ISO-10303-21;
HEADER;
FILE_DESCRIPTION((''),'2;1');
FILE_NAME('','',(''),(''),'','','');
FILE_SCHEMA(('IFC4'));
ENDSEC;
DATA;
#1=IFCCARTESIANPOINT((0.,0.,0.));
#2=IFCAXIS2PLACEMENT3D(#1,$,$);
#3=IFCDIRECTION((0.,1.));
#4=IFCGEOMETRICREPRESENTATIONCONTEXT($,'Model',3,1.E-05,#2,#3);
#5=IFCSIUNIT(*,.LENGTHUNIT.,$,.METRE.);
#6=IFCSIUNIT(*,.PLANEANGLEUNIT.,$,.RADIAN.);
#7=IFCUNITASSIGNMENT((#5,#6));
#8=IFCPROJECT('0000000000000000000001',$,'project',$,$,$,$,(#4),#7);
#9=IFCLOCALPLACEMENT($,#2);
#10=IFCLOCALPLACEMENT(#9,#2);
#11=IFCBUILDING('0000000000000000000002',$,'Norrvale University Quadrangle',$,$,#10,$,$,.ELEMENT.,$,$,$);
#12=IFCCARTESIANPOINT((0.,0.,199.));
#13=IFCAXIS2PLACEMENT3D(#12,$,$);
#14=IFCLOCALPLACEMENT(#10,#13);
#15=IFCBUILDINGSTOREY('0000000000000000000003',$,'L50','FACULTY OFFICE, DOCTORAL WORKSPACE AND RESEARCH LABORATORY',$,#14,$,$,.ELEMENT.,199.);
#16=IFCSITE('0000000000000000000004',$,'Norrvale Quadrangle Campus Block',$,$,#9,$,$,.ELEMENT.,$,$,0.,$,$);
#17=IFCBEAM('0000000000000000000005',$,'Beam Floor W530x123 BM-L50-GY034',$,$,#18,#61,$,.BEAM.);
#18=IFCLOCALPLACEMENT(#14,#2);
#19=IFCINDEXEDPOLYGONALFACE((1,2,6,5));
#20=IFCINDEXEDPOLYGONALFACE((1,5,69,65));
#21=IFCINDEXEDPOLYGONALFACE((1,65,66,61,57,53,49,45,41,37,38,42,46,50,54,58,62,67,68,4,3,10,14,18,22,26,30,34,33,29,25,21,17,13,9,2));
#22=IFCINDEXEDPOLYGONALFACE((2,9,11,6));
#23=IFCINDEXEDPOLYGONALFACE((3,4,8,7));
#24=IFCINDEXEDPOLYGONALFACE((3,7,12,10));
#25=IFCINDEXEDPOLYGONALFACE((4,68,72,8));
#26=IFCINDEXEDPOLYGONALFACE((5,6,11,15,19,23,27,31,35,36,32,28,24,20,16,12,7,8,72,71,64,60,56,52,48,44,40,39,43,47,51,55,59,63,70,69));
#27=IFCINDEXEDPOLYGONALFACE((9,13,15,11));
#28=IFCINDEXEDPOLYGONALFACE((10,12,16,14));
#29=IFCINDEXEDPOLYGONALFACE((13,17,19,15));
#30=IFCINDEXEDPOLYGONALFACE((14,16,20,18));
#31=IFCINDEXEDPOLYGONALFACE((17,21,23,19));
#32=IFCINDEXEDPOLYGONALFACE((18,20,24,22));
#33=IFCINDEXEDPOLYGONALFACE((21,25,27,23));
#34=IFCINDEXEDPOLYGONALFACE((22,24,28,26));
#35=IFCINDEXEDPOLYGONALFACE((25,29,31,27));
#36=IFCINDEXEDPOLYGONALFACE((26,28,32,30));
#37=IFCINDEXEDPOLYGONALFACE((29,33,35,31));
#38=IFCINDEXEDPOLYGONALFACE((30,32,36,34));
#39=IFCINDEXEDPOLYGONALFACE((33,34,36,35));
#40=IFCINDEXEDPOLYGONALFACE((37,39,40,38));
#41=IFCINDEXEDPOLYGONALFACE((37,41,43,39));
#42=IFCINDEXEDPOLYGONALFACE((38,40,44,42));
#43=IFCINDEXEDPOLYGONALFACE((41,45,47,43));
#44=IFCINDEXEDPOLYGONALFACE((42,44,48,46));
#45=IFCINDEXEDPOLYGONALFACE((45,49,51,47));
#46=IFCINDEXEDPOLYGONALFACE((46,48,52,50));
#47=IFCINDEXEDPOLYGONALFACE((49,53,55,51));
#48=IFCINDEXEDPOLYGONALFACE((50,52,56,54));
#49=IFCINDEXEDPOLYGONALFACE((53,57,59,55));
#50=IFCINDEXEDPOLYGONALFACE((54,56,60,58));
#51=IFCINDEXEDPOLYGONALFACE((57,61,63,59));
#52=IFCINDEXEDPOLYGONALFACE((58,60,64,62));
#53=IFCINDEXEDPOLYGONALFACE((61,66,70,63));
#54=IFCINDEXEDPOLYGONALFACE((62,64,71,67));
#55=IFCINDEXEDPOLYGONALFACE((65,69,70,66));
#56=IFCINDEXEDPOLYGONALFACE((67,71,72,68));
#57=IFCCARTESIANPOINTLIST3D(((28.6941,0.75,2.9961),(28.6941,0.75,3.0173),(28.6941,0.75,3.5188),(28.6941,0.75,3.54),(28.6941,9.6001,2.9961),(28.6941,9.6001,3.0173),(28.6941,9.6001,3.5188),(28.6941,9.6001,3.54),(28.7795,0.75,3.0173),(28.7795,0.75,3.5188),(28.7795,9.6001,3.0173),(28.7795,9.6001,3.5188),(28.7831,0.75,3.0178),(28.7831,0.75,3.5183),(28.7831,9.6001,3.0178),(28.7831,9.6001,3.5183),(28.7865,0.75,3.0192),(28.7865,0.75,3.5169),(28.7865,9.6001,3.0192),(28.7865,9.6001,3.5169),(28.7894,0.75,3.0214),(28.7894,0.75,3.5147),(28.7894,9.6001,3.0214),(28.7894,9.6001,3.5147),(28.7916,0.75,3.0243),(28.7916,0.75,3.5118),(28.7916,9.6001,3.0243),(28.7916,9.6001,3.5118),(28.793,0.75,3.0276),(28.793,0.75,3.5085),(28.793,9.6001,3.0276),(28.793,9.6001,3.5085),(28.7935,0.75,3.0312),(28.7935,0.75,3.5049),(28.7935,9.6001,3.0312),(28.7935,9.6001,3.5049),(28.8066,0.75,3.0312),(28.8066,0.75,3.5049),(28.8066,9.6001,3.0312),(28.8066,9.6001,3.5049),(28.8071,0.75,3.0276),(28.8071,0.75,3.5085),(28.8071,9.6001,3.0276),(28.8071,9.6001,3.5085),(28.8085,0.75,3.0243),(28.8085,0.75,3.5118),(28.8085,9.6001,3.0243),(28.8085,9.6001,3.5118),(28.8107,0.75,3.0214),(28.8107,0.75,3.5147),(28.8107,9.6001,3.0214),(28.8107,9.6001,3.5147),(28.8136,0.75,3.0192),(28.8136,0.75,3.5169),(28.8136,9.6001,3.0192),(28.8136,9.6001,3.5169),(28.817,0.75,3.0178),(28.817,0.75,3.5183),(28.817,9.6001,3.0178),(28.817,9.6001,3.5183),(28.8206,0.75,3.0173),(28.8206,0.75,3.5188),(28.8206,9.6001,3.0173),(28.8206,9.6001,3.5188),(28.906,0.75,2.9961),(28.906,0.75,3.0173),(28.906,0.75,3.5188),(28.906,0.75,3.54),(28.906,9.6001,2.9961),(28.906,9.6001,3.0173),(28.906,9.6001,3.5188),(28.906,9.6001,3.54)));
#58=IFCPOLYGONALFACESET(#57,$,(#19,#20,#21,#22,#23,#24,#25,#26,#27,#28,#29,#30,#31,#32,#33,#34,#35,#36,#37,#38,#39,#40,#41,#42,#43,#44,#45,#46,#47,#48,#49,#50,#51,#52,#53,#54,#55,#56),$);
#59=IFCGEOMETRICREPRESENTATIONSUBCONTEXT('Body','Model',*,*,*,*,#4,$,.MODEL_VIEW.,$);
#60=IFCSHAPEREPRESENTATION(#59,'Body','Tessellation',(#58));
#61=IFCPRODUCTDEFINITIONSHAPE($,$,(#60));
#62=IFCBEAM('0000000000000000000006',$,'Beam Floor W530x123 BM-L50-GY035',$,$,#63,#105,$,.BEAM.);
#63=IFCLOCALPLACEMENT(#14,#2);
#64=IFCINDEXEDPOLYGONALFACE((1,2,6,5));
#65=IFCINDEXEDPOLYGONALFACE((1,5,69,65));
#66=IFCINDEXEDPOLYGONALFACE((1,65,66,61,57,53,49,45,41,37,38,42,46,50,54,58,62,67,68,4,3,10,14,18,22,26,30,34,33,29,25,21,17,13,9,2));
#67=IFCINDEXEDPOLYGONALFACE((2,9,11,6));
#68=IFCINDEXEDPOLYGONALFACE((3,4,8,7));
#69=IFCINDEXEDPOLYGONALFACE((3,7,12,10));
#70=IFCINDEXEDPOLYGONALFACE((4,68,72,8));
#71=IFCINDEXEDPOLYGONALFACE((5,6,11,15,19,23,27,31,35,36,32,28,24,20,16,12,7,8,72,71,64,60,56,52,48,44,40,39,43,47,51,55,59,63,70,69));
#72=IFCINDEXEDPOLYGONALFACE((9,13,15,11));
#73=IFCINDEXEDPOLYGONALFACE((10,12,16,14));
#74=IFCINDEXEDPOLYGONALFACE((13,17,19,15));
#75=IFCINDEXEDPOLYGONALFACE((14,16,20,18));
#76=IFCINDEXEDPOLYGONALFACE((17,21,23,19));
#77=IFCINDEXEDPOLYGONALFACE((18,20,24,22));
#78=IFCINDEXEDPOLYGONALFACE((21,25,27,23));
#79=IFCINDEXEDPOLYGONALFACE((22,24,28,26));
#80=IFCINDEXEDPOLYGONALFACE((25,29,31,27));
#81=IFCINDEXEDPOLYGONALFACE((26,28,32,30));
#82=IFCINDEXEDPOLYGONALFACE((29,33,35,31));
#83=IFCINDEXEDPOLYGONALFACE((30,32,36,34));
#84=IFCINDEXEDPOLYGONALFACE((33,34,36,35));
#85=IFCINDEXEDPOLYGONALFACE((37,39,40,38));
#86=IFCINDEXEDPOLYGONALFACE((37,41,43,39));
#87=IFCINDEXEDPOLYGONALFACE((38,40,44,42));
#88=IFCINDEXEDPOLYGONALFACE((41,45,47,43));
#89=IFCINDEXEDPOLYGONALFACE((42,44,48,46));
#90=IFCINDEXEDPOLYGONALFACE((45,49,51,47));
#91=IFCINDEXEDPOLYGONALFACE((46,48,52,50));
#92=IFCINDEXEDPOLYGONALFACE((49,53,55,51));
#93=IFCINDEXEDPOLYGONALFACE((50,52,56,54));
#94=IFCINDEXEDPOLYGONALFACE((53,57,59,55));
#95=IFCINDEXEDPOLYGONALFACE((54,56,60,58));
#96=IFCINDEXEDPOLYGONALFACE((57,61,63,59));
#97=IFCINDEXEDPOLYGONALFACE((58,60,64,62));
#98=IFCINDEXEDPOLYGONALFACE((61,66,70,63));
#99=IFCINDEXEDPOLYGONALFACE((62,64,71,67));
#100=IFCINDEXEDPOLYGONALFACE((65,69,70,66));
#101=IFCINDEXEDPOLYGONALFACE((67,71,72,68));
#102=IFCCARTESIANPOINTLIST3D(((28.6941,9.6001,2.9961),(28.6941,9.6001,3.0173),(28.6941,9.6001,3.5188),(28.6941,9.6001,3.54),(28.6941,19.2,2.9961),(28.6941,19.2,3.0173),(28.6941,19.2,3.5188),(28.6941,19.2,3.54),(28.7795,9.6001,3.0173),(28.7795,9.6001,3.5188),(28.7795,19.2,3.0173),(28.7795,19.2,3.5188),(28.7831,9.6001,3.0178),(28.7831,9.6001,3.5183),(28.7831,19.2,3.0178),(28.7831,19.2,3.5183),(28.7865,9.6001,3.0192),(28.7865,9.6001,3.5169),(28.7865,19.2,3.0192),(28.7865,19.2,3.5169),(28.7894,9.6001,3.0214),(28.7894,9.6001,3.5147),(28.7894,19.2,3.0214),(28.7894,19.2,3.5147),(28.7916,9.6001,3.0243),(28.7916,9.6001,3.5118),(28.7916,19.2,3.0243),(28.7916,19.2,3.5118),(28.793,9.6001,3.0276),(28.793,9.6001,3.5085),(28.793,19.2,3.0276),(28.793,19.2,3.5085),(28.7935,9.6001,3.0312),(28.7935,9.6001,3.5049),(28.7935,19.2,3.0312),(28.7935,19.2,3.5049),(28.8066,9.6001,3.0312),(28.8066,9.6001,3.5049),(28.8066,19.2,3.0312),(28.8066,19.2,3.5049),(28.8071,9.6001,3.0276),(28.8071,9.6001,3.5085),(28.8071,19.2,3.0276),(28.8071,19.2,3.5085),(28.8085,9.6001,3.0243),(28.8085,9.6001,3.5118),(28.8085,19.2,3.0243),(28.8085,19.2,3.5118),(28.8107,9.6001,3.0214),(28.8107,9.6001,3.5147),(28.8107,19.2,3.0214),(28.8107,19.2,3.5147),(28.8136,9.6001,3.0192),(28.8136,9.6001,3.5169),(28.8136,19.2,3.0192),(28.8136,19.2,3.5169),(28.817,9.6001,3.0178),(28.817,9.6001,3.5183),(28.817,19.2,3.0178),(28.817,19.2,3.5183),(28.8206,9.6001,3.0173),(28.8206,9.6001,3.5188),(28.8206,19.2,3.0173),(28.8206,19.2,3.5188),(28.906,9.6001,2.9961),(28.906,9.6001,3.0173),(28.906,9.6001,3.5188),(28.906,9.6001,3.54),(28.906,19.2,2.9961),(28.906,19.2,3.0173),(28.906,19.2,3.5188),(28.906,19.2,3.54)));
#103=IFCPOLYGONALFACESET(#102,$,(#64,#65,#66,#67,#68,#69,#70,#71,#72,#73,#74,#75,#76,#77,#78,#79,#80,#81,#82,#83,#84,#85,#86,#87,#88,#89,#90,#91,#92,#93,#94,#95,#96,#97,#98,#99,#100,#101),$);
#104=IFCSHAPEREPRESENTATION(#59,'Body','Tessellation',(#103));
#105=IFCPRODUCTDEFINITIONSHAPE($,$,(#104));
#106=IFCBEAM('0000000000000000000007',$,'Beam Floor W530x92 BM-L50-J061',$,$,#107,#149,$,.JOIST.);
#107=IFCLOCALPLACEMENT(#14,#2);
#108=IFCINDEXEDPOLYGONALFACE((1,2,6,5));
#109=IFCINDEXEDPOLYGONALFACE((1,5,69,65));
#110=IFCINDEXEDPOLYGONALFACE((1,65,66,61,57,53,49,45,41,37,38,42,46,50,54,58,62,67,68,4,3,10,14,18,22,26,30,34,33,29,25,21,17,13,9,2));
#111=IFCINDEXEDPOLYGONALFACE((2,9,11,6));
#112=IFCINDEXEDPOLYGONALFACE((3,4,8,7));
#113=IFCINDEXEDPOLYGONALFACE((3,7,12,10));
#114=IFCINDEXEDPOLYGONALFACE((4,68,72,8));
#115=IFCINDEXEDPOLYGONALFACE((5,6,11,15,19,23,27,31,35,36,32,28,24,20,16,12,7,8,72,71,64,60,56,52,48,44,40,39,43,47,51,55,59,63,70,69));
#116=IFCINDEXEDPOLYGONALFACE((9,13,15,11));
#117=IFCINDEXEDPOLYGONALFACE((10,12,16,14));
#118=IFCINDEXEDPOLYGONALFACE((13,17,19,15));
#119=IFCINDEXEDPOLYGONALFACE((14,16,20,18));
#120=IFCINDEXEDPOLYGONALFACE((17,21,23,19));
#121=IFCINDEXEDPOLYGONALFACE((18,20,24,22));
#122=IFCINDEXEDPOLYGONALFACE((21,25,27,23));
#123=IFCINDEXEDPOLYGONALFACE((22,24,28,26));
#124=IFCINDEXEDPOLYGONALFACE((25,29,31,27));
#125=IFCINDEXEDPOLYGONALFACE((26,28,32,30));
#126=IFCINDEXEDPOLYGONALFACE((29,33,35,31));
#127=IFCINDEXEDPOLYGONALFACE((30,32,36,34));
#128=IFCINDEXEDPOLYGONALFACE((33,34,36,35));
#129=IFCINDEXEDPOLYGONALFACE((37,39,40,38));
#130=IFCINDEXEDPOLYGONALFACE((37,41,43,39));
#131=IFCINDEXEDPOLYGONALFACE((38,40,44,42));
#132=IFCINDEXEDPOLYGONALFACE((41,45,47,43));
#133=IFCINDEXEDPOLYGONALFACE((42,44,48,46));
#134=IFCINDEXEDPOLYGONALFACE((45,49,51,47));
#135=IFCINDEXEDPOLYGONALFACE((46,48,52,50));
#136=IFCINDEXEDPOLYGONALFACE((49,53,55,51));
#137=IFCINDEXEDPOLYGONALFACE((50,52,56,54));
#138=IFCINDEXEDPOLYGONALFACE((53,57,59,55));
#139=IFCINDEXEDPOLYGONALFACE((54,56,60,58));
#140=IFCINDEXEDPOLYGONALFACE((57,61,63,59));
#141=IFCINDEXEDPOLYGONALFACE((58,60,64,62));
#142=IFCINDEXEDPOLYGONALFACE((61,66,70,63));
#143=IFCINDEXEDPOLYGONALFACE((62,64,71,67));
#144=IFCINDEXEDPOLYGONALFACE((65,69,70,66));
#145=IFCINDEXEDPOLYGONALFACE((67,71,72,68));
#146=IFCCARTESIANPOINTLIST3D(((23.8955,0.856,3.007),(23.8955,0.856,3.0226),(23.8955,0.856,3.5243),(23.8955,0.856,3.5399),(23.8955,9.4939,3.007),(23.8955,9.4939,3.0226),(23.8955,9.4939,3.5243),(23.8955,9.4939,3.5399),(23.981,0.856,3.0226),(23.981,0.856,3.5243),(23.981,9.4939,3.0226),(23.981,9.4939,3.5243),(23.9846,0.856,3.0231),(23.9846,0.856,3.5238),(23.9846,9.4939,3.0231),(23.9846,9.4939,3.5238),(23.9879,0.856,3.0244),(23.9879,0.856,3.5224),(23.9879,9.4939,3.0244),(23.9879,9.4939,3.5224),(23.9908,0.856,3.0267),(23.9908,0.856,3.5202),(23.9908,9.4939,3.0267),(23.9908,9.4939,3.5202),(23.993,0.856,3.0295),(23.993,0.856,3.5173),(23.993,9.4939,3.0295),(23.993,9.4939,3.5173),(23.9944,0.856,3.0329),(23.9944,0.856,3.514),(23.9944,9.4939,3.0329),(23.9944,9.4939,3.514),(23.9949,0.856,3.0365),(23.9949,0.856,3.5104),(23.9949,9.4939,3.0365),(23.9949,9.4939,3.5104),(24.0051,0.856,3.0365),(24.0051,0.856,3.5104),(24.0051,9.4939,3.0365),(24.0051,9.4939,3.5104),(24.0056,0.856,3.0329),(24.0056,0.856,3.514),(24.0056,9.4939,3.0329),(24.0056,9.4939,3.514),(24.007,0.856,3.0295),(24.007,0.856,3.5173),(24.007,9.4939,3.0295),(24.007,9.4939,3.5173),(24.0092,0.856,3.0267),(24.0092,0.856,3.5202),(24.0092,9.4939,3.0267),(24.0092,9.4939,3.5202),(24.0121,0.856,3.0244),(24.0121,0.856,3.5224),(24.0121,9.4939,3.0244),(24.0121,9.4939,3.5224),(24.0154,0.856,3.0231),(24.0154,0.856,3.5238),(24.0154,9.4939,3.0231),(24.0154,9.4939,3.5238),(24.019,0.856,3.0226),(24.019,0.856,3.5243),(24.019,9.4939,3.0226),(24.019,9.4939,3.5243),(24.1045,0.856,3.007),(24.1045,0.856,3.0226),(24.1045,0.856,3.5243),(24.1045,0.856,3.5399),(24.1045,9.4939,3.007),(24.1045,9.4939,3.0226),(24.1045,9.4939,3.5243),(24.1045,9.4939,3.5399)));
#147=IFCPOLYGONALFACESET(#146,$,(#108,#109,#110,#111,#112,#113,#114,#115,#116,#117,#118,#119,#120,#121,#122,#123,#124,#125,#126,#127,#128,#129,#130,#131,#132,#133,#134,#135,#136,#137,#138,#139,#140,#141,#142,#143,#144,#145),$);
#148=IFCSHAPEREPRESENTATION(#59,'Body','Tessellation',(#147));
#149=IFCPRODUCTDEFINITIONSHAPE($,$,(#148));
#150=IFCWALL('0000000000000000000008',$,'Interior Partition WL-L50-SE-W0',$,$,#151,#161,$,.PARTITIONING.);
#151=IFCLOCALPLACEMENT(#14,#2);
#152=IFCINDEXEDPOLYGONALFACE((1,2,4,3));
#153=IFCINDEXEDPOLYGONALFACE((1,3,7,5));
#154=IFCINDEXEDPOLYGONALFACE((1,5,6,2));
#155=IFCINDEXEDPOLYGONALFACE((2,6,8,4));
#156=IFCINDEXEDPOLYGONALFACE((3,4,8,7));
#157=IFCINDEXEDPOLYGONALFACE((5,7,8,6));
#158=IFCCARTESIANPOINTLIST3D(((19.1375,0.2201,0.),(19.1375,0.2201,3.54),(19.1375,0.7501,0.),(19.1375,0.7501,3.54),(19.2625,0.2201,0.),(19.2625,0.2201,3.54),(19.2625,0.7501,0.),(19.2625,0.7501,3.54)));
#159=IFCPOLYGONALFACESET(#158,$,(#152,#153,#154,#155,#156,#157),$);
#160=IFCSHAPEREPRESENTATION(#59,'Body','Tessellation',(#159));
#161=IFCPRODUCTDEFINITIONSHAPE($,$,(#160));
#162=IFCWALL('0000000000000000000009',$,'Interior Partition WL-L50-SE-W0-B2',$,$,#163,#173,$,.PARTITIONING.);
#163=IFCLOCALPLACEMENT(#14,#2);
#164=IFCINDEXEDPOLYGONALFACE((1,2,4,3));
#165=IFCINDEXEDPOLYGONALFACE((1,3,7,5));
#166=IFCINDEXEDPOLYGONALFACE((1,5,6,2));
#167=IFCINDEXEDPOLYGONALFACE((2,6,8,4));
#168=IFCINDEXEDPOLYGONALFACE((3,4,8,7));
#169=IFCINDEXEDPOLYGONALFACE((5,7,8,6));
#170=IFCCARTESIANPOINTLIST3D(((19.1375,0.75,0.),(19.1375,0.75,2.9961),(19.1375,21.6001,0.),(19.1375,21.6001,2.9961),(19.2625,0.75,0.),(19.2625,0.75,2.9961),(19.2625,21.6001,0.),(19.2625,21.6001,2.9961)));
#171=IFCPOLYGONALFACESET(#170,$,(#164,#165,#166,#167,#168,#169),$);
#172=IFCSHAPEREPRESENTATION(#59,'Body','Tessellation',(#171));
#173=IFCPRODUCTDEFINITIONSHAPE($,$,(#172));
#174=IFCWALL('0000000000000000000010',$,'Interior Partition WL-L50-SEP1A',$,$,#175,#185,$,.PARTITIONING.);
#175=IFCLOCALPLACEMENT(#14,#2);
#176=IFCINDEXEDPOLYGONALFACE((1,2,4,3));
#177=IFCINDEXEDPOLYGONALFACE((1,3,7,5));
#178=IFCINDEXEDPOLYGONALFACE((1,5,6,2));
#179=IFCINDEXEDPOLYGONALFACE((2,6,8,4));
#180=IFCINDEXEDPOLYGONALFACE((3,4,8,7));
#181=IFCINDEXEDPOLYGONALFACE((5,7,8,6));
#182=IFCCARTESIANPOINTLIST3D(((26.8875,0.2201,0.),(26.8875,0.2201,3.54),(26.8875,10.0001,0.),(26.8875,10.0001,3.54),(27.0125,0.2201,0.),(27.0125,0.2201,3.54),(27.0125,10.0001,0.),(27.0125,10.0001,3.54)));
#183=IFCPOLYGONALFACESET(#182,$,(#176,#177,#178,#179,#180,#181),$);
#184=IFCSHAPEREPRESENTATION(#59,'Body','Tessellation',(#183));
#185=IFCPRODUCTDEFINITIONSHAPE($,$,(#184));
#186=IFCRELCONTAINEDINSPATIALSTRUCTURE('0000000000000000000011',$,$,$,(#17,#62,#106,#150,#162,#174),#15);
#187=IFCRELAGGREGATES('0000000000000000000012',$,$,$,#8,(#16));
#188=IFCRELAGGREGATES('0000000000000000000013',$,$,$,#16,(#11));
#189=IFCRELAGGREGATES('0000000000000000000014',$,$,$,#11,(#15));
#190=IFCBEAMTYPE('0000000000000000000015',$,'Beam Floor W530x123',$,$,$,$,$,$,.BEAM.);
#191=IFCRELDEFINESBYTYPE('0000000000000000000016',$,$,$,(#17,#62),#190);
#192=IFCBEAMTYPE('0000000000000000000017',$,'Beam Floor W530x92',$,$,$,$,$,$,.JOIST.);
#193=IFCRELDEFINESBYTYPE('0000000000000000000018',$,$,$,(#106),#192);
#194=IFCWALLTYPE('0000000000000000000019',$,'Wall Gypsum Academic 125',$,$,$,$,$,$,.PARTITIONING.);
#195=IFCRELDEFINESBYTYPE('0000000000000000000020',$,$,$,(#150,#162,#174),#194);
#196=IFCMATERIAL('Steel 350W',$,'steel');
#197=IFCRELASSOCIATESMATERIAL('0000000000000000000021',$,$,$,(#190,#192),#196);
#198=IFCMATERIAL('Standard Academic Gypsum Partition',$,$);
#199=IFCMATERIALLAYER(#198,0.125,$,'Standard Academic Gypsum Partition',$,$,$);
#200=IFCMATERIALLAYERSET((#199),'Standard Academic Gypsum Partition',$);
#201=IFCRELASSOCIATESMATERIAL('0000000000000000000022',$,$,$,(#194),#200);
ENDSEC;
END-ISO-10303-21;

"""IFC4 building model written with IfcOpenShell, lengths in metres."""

from ifc_helpers import new_model, si_unit, direction, frame, frame_2d, origin, origin_2d, place, context, subcontext, project, spatial, rectangle, i_section, extrude, material, layer, layer_set, material_profile, profile_set, type_object, element, save


model = new_model("IFC4")

# Units and contexts
model_context = context("Model", 3, precision=1e-05, world=origin(), true_north=direction((0.0, 1.0)))
body_context = subcontext(model_context, "Body", "Model", "MODEL_VIEW")
ifc_project = project(units=[si_unit("LENGTHUNIT", "METRE"), si_unit("PLANEANGLEUNIT", "RADIAN")], contexts=[model_context])

# Site, building, storey
site_placement = place(None, origin())
site = spatial("IfcSite", under=ifc_project, at=site_placement, Name="Norrvale Quadrangle Campus Block", CompositionType="ELEMENT", RefElevation=0.0)
building_placement = place(site_placement, origin())
building = spatial("IfcBuilding", under=site, at=building_placement, Name="Norrvale University Quadrangle", CompositionType="ELEMENT")
storey_placement = place(building_placement, frame((0.0, 0.0, 199.0)))
storey = spatial("IfcBuildingStorey", under=building, at=storey_placement, Name="L50", Description="FACULTY OFFICE, DOCTORAL WORKSPACE AND RESEARCH LABORATORY", CompositionType="ELEMENT", Elevation=199.0)

# Beams
ifc_material_1 = material(Name="Steel 350W", Category="steel")
ifc_material_profile_1 = material_profile(ifc_material_1, i_section(OverallWidth=0.2119, OverallDepth=0.5439, WebThickness=0.0132, FlangeThickness=0.0212, FilletRadius=0.0139, at=origin_2d()), Name="Steel 350W")
ifc_profile_set_1 = profile_set([ifc_material_profile_1], Name="Steel 350W")
beam_type_1 = type_object("IfcBeamType", Name="Beam Floor W530x123", PredefinedType="BEAM", material=ifc_profile_set_1)
beam_1_placement = place(storey_placement, frame((28.8, 0.75, 3.2681), z_axis=(0.0, 1.0, 0.0), x_axis=(-1.0, 0.0, 0.0)))
element("IfcBeam", 1, at=beam_1_placement, inside=storey, type_object=beam_type_1, Name="Beam Floor W530x123 BM-L50-GY034", PredefinedType="BEAM", context=body_context, shape_type="SweptSolid", body=[
    extrude(i_section(OverallWidth=0.2119, OverallDepth=0.5439, WebThickness=0.0132, FlangeThickness=0.0212, FilletRadius=0.0139, at=origin_2d()), origin(), (0.0, 0.0, 1.0), 8.8501),
])
beam_2_placement = place(storey_placement, frame((28.8, 9.6001, 3.2681), z_axis=(0.0, 1.0, 0.0), x_axis=(-1.0, 0.0, 0.0)))
element("IfcBeam", 2, at=beam_2_placement, inside=storey, type_object=beam_type_1, Name="Beam Floor W530x123 BM-L50-GY035", PredefinedType="BEAM", context=body_context, shape_type="SweptSolid", body=[
    extrude(i_section(OverallWidth=0.2119, OverallDepth=0.5439, WebThickness=0.0132, FlangeThickness=0.0212, FilletRadius=0.0139, at=origin_2d()), origin(), (0.0, 0.0, 1.0), 9.5999),
])
ifc_material_profile_2 = material_profile(ifc_material_1, i_section(OverallWidth=0.209, OverallDepth=0.533, WebThickness=0.0103, FlangeThickness=0.0156, FilletRadius=0.0139, at=origin_2d()), Name="Steel 350W")
ifc_profile_set_2 = profile_set([ifc_material_profile_2], Name="Steel 350W")
beam_type_2 = type_object("IfcBeamType", Name="Beam Floor W530x92", PredefinedType="JOIST", material=ifc_profile_set_2)
beam_3_placement = place(storey_placement, frame((24.0, 0.856, 3.2734), z_axis=(0.0, 1.0, 0.0), x_axis=(-1.0, 0.0, 0.0)))
element("IfcBeam", 3, at=beam_3_placement, inside=storey, type_object=beam_type_2, Name="Beam Floor W530x92 BM-L50-J061", PredefinedType="JOIST", context=body_context, shape_type="SweptSolid", body=[
    extrude(i_section(OverallWidth=0.209, OverallDepth=0.533, WebThickness=0.0103, FlangeThickness=0.0156, FilletRadius=0.0139, at=origin_2d()), origin(), (0.0, 0.0, 1.0), 8.6379),
])

# Walls
ifc_material_2 = material(Name="Standard Academic Gypsum Partition")
ifc_layer_1 = layer(ifc_material_2, 0.125, Name="Standard Academic Gypsum Partition")
ifc_layer_set_1 = layer_set([ifc_layer_1], Name="Standard Academic Gypsum Partition")
wall_type_1 = type_object("IfcWallType", Name="Wall Gypsum Academic 125", PredefinedType="PARTITIONING", material=ifc_layer_set_1)
wall_1_placement = place(storey_placement, frame((19.2, 0.22, 0.0), z_axis=(0.0, 0.0, 1.0), x_axis=(0.0, 1.0, 0.0)))
element("IfcWall", 4, at=wall_1_placement, inside=storey, type_object=wall_type_1, Name="Interior Partition WL-L50-SE-W0", PredefinedType="PARTITIONING", context=body_context, shape_type="SweptSolid", body=[
    extrude(rectangle(XDim=0.53, YDim=0.125, at=frame_2d((0.2651, 0.0))), origin(), (0.0, 0.0, 1.0), 3.54),
])
wall_2_placement = place(storey_placement, frame((19.2, 0.75, 0.0), z_axis=(0.0, 0.0, 1.0), x_axis=(0.0, 1.0, 0.0)))
element("IfcWall", 5, at=wall_2_placement, inside=storey, type_object=wall_type_1, Name="Interior Partition WL-L50-SE-W0-B2", PredefinedType="PARTITIONING", context=body_context, shape_type="SweptSolid", body=[
    extrude(rectangle(XDim=20.8501, YDim=0.125, at=frame_2d((10.425, 0.0))), origin(), (0.0, 0.0, 1.0), 2.9961),
])
wall_3_placement = place(storey_placement, frame((26.95, 0.22, 0.0), z_axis=(0.0, 0.0, 1.0), x_axis=(0.0, 1.0, 0.0)))
element("IfcWall", 6, at=wall_3_placement, inside=storey, type_object=wall_type_1, Name="Interior Partition WL-L50-SEP1A", PredefinedType="PARTITIONING", context=body_context, shape_type="SweptSolid", body=[
    extrude(rectangle(XDim=9.78, YDim=0.125, at=frame_2d((4.8901, 0.0))), origin(), (0.0, 0.0, 1.0), 3.54),
])

save(model, "model.ifc")
